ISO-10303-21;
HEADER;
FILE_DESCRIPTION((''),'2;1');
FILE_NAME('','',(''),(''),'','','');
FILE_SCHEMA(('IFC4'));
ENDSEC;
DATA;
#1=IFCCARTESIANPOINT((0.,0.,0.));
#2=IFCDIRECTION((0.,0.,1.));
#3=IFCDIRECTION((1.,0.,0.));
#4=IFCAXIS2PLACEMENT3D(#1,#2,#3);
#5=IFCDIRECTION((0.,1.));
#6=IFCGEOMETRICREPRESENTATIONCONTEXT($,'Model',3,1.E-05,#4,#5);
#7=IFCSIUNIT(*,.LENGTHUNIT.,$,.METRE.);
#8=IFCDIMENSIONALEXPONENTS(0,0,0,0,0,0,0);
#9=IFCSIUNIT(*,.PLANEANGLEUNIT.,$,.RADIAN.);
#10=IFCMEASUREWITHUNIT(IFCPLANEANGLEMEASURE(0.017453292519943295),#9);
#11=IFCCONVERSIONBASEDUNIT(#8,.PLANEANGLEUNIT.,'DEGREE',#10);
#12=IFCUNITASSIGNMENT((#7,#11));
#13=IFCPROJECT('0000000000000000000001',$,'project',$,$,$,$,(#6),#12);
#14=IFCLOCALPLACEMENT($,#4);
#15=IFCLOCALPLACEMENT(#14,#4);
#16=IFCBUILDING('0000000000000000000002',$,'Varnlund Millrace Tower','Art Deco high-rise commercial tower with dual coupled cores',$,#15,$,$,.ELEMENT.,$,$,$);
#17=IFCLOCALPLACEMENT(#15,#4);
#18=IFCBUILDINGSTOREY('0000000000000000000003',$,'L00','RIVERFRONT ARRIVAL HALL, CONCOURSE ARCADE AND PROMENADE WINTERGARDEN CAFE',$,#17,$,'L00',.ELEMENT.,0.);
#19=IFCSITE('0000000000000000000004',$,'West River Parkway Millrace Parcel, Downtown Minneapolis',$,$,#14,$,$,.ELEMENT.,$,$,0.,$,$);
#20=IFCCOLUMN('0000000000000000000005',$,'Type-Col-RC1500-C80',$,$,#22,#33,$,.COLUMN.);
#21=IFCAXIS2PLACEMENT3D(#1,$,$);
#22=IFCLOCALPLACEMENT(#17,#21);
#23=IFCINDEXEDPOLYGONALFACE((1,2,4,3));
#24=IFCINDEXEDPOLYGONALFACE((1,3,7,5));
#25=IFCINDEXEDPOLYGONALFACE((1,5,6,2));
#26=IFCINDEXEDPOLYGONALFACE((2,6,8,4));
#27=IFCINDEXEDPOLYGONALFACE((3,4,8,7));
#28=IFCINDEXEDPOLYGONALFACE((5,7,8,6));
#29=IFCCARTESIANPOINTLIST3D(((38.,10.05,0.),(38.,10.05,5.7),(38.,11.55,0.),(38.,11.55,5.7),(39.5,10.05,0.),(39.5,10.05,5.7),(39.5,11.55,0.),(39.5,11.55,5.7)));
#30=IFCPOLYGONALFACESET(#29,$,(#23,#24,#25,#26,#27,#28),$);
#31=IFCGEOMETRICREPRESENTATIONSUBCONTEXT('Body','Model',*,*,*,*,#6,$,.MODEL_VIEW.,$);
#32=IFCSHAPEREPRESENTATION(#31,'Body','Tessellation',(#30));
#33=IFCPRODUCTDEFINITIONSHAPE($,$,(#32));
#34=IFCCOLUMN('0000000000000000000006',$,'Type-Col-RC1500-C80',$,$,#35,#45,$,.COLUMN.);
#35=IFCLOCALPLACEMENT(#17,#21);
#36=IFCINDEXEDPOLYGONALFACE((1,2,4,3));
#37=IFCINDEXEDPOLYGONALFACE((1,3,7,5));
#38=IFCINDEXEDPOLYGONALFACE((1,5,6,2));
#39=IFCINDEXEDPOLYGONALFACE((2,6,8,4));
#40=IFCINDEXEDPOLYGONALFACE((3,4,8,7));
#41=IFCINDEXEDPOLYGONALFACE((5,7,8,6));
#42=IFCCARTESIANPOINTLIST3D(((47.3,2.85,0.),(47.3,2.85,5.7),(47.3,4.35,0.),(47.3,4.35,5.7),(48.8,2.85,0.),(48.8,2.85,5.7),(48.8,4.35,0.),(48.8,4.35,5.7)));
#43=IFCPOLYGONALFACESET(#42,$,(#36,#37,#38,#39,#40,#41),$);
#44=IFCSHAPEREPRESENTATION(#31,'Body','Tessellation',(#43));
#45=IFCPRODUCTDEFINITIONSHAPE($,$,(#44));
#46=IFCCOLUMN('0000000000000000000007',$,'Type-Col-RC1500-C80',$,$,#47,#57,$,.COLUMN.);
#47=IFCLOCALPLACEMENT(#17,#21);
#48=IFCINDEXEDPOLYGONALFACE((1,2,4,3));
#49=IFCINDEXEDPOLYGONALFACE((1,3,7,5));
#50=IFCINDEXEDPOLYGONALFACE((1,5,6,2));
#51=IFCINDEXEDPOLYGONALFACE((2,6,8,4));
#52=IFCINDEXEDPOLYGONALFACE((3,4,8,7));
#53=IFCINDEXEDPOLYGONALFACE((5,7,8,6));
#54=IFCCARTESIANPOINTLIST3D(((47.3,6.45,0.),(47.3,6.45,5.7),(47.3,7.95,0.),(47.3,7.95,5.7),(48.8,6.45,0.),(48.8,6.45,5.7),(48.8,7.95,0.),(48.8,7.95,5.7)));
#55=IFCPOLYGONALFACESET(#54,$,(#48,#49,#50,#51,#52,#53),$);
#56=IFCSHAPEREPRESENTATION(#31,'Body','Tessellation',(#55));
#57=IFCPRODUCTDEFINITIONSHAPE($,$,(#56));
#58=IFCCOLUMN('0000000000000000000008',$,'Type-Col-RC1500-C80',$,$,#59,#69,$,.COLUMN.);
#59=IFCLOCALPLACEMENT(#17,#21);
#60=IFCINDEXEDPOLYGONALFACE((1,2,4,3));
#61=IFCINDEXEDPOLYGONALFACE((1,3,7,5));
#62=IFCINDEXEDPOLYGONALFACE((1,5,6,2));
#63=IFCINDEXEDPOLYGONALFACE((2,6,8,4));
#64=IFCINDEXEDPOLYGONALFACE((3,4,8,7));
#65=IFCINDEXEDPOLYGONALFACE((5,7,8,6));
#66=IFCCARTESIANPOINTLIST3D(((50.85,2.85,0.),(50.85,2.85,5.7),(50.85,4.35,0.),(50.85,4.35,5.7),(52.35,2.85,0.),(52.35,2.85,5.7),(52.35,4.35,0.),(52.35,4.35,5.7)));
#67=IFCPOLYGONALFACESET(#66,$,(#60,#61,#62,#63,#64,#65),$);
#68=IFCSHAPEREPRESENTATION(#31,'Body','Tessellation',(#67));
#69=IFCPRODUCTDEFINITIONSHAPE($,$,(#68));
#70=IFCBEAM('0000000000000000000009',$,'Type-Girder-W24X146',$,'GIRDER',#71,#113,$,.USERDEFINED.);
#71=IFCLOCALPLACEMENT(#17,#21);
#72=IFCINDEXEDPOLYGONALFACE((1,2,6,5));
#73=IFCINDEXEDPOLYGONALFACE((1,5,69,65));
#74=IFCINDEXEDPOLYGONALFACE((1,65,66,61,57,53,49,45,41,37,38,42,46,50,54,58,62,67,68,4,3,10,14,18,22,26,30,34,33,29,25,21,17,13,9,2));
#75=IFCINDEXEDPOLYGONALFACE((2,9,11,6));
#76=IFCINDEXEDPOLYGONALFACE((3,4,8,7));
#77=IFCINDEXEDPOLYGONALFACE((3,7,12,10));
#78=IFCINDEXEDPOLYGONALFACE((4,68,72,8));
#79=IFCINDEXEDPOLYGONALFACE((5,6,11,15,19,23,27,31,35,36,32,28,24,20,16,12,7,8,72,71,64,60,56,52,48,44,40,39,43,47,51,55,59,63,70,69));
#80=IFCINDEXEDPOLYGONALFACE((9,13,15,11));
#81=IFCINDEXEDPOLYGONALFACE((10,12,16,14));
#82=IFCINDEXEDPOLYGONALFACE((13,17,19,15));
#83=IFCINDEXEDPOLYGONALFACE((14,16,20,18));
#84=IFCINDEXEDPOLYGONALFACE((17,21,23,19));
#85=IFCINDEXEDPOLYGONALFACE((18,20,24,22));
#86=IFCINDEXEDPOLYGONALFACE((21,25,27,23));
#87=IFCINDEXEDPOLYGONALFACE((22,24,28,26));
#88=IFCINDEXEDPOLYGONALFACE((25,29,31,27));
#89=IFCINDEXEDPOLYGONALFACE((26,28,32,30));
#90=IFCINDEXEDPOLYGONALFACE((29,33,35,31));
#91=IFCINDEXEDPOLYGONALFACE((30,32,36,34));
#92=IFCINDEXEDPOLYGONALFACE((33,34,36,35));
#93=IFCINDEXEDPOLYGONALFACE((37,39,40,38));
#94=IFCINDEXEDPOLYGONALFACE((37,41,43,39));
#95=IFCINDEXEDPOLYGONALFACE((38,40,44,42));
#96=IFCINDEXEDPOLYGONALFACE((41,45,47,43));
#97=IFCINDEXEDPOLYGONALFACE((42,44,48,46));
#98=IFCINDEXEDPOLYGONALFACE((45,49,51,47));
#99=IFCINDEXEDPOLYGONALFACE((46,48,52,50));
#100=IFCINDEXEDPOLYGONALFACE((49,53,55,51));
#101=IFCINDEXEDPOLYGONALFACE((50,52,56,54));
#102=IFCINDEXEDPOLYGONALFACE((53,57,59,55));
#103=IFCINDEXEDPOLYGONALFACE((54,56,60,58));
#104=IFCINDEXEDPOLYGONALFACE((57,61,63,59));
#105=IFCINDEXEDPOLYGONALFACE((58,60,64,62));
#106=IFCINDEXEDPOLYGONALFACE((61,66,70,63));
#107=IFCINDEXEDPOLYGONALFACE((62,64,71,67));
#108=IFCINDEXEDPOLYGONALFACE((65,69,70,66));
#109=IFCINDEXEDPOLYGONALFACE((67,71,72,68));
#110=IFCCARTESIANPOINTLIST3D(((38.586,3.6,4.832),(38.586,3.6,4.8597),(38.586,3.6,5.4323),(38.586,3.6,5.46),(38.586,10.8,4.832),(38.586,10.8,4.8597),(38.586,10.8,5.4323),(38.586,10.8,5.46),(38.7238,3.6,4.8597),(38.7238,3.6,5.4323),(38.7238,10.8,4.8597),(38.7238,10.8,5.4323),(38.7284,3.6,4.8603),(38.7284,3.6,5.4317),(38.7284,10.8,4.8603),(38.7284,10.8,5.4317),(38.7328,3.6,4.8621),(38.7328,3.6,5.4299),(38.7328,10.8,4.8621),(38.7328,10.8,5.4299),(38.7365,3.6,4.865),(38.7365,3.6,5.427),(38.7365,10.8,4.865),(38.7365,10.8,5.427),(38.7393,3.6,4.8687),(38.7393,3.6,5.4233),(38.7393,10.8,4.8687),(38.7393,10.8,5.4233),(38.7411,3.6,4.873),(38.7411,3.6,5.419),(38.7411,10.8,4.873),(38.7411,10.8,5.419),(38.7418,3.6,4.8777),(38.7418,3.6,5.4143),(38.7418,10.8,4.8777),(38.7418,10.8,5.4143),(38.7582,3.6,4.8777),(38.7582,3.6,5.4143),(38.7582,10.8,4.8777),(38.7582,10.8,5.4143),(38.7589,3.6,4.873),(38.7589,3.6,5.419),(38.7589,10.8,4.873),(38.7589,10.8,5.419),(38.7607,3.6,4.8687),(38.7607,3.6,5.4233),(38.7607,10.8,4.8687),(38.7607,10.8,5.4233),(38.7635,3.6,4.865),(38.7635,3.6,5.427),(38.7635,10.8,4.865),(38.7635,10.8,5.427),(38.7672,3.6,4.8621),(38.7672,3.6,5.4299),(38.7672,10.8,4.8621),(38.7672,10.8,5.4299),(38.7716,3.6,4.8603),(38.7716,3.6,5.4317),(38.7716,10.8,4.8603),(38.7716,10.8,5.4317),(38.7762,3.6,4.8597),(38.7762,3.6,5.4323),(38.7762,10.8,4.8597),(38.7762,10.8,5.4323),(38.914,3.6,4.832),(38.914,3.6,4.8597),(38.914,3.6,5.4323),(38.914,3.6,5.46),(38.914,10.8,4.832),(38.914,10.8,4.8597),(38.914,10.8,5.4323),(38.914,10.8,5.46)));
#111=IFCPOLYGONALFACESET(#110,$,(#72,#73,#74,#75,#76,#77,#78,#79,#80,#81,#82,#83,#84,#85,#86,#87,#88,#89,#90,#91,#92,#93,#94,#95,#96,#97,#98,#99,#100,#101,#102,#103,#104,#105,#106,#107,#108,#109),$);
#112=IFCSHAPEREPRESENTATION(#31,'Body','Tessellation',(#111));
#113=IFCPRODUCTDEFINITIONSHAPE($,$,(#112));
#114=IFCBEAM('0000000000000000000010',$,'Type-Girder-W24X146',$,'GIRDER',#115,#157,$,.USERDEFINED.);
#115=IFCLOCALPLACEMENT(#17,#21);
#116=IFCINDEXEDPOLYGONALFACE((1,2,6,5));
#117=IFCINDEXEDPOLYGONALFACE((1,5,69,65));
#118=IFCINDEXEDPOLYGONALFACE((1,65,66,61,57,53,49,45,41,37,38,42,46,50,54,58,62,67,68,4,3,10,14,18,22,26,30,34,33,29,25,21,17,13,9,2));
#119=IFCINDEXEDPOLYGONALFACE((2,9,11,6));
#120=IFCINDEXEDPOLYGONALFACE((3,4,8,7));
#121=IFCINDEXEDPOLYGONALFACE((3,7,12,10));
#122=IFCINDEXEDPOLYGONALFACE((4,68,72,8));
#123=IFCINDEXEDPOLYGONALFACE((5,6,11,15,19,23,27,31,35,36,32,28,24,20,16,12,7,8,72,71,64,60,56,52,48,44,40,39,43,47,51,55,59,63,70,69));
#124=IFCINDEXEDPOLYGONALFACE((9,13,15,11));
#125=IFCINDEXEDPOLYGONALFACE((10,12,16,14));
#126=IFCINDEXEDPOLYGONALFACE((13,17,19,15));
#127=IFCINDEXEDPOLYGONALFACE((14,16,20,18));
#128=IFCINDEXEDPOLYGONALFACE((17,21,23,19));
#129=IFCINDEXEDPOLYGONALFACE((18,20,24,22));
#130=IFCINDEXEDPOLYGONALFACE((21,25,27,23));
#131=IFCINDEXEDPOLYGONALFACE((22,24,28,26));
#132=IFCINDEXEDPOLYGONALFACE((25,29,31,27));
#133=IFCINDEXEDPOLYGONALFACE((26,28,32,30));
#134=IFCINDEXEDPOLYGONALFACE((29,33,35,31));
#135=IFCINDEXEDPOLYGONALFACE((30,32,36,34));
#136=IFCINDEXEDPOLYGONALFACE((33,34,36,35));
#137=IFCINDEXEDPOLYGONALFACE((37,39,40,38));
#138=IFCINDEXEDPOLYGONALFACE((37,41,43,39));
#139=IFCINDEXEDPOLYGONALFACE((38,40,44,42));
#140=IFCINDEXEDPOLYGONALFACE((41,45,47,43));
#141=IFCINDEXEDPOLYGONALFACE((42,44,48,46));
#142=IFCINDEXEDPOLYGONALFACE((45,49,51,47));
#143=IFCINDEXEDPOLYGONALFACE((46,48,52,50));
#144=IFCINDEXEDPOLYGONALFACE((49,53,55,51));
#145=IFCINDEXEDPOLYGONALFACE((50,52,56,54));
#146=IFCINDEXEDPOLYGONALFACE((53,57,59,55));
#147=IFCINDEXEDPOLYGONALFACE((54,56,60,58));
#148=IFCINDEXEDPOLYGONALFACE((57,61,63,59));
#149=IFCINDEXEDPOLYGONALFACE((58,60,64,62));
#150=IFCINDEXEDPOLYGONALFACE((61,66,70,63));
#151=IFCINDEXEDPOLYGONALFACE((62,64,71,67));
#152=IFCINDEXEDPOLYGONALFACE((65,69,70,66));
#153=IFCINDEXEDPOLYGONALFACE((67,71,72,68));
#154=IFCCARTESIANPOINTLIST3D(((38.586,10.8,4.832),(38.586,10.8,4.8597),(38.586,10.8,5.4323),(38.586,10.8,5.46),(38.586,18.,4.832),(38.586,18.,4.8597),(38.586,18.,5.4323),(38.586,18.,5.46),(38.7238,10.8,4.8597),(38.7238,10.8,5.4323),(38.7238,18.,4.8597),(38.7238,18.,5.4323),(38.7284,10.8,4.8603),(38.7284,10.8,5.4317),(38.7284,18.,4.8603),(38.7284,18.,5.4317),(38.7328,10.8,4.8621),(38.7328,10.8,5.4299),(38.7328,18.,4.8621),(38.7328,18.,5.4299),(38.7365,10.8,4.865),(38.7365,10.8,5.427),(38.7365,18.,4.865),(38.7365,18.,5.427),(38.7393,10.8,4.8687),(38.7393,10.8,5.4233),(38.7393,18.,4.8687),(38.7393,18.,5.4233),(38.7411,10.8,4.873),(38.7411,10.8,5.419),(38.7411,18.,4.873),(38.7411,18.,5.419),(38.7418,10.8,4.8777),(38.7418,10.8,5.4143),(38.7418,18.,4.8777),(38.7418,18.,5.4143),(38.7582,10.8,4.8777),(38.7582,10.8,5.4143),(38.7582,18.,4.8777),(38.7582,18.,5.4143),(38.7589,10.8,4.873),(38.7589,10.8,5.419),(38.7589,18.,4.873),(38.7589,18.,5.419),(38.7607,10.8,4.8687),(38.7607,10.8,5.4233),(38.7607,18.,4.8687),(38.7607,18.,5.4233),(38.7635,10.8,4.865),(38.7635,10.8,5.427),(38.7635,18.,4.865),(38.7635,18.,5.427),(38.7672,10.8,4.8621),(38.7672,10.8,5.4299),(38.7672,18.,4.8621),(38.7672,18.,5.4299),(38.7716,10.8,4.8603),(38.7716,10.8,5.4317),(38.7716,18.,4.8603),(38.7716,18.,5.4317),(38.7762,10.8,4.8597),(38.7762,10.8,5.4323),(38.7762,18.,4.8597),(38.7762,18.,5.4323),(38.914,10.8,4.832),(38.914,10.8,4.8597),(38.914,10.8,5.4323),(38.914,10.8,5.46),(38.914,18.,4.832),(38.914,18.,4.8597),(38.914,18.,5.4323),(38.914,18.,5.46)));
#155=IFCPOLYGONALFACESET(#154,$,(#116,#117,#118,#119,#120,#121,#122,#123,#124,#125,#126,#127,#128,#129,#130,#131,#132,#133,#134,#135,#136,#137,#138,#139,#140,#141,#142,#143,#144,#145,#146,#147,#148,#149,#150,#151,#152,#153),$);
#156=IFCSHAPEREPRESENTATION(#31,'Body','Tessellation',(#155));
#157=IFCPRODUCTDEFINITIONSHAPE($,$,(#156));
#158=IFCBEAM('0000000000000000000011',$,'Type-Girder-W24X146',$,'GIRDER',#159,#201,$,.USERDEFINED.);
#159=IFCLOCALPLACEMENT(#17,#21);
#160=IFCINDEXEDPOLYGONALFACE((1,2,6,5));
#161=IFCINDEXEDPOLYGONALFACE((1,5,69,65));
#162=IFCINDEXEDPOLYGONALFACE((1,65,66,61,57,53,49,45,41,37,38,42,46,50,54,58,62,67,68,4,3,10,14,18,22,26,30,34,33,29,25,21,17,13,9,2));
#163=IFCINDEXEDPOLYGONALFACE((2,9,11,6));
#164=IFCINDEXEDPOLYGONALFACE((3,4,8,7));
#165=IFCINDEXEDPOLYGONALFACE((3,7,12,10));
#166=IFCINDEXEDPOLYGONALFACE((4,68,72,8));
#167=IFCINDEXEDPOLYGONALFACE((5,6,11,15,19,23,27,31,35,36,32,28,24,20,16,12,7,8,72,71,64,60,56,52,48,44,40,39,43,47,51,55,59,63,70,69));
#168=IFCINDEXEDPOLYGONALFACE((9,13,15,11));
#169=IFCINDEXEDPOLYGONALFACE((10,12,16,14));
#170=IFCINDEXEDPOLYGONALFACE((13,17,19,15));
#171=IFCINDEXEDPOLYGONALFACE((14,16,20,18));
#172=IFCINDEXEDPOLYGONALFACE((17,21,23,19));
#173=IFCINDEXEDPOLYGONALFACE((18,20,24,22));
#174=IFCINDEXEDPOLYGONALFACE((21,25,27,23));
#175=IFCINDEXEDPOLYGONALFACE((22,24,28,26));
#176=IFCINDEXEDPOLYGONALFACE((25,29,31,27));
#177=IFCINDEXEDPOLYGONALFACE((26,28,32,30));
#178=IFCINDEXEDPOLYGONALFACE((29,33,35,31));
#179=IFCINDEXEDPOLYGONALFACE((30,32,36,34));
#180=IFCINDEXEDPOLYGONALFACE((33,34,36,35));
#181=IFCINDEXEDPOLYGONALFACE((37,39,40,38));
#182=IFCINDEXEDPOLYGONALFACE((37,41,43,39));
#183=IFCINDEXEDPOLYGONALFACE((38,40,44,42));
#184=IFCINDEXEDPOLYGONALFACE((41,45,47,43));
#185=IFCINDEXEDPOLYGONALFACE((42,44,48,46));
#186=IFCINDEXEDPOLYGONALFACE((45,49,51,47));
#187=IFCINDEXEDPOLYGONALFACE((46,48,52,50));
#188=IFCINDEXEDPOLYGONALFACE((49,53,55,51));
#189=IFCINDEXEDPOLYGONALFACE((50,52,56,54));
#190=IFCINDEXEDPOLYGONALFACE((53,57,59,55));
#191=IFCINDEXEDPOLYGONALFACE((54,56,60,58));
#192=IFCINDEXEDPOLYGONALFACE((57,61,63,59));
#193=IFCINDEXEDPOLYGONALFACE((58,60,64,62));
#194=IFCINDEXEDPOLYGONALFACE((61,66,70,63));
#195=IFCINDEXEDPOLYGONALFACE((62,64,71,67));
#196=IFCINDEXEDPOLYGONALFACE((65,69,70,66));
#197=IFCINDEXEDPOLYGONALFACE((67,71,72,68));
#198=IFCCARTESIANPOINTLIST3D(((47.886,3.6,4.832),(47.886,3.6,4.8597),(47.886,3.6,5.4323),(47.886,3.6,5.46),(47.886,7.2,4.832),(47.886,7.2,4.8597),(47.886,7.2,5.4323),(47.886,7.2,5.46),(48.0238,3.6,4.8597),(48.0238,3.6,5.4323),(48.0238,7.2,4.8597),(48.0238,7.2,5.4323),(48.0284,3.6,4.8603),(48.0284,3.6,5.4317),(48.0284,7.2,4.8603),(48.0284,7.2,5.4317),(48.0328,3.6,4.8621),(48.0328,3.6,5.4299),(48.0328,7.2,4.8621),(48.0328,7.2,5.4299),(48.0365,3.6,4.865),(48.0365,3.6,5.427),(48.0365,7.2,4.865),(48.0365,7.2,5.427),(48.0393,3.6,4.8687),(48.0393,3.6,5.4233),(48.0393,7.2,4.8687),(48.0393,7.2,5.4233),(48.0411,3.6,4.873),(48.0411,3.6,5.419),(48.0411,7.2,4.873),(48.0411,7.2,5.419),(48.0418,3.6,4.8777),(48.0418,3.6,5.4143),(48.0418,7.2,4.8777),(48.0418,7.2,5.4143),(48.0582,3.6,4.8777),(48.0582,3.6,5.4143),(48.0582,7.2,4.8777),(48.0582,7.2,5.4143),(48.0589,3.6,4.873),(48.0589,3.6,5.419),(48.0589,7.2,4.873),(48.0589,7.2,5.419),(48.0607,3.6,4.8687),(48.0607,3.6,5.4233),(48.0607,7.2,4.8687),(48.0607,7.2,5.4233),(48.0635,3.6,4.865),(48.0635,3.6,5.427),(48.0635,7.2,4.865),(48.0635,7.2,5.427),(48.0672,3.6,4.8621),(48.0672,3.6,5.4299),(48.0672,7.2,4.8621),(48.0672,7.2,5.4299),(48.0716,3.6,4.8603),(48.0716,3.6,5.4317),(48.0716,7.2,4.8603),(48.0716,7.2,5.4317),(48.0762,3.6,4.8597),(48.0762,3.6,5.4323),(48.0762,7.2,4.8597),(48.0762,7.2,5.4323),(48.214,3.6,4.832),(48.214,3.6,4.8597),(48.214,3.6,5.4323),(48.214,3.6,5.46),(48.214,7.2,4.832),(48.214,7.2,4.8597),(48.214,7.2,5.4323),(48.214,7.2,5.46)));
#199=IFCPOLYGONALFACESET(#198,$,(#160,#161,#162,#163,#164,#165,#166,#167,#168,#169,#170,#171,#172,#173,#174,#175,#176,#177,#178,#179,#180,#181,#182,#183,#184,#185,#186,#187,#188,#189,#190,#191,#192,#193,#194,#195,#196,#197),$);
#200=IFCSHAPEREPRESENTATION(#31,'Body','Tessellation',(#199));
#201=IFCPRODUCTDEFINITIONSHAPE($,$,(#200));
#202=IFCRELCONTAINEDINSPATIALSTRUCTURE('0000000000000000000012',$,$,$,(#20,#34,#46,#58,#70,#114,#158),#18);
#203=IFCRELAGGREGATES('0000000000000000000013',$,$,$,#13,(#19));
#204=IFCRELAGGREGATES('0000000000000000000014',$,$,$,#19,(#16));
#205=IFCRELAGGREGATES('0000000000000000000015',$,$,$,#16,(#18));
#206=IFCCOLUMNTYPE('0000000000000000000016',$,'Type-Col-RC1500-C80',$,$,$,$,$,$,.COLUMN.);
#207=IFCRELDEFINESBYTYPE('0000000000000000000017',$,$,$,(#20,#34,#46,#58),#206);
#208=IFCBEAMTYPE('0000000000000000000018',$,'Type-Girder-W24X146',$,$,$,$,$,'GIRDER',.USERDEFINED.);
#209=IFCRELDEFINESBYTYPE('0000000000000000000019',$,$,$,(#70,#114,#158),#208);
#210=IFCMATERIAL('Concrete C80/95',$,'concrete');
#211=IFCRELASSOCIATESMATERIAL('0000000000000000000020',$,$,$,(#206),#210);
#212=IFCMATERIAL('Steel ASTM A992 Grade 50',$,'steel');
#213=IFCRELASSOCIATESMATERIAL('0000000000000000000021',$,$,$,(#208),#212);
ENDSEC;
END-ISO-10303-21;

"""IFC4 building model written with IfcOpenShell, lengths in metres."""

from ifc_helpers import new_model, entity, si_unit, converted_unit, direction, frame, origin_with_axes, origin_2d_with_axis, place, context, subcontext, project, spatial, rectangle, i_section, extrude, material, material_profile, profile_set, type_object, element, save


model = new_model("IFC4")

# Units and contexts
model_context = context("Model", 3, precision=1e-05, world=origin_with_axes(), true_north=direction((0.0, 1.0)))
body_context = subcontext(model_context, "Body", "Model", "MODEL_VIEW")
ifc_project = project(units=[si_unit("LENGTHUNIT", "METRE"), converted_unit("PLANEANGLEUNIT", "DEGREE", entity("IfcPlaneAngleMeasure", 0.017453292519943295), si_unit("PLANEANGLEUNIT", "RADIAN"), dimensions=[0, 0, 0, 0, 0, 0, 0])], contexts=[model_context])

# Site, building, storey
site_placement = place(None, origin_with_axes())
site = spatial("IfcSite", under=ifc_project, at=site_placement, Name="West River Parkway Millrace Parcel, Downtown Minneapolis", CompositionType="ELEMENT", RefElevation=0.0)
building_placement = place(site_placement, origin_with_axes())
building = spatial("IfcBuilding", under=site, at=building_placement, Name="Varnlund Millrace Tower", Description="Art Deco high-rise commercial tower with dual coupled cores", CompositionType="ELEMENT")
storey_placement = place(building_placement, origin_with_axes())
storey = spatial("IfcBuildingStorey", under=building, at=storey_placement, Name="L00", Description="RIVERFRONT ARRIVAL HALL, CONCOURSE ARCADE AND PROMENADE WINTERGARDEN CAFE", LongName="L00", CompositionType="ELEMENT", Elevation=0.0)

# Columns
ifc_material_1 = material(Name="Concrete C80/95", Category="concrete")
ifc_material_profile_1 = material_profile(ifc_material_1, rectangle(XDim=1.5, YDim=1.5, at=origin_2d_with_axis()), Name="Concrete C80/95")
ifc_profile_set_1 = profile_set([ifc_material_profile_1], Name="Concrete C80/95")
column_type = type_object("IfcColumnType", Name="Type-Col-RC1500-C80", PredefinedType="COLUMN", material=ifc_profile_set_1)
for number, where, z_axis, x_axis, name in (
    (1, (38.75, 10.8, 0.0), (0.0, 0.0, 1.0), (1.0, 0.0, 0.0), "Type-Col-RC1500-C80"),
    (2, (48.05, 3.6, 0.0), (0.0, 0.0, 1.0), (1.0, 0.0, 0.0), "Type-Col-RC1500-C80"),
    (3, (48.05, 7.2, 0.0), (0.0, 0.0, 1.0), (1.0, 0.0, 0.0), "Type-Col-RC1500-C80"),
    (4, (51.6, 3.6, 0.0), (0.0, 0.0, 1.0), (1.0, 0.0, 0.0), "Type-Col-RC1500-C80"),
):
    element("IfcColumn", number, at=place(storey_placement, frame(where, z_axis=z_axis, x_axis=x_axis)), inside=storey, type_object=column_type, Name=name, PredefinedType="COLUMN", context=body_context, shape_type="SweptSolid", body=[
        extrude(rectangle(XDim=1.5, YDim=1.5, at=origin_2d_with_axis()), origin_with_axes(), (0.0, 0.0, 1.0), 5.7),
    ])

# Beams
ifc_material_2 = material(Name="Steel ASTM A992 Grade 50", Category="steel")
ifc_material_profile_2 = material_profile(ifc_material_2, i_section(OverallWidth=0.328, OverallDepth=0.628, WebThickness=0.0165, FlangeThickness=0.0277, FilletRadius=0.018, at=origin_2d_with_axis()), Name="Steel ASTM A992 Grade 50")
ifc_profile_set_2 = profile_set([ifc_material_profile_2], Name="Steel ASTM A992 Grade 50")
beam_type_1 = type_object("IfcBeamType", Name="Type-Girder-W24X146", ElementType="GIRDER", PredefinedType="USERDEFINED", material=ifc_profile_set_2)
for number, where, z_axis, x_axis, name in (
    (5, (38.75, 3.6, 5.146), (0.0, 1.0, 0.0), (-1.0, 0.0, 0.0), "Type-Girder-W24X146"),
    (6, (38.75, 10.8, 5.146), (0.0, 1.0, 0.0), (-1.0, 0.0, 0.0), "Type-Girder-W24X146"),
):
    element("IfcBeam", number, at=place(storey_placement, frame(where, z_axis=z_axis, x_axis=x_axis)), inside=storey, type_object=beam_type_1, Name=name, ObjectType="GIRDER", PredefinedType="USERDEFINED", context=body_context, shape_type="SweptSolid", body=[
        extrude(i_section(OverallWidth=0.328, OverallDepth=0.628, WebThickness=0.0165, FlangeThickness=0.0277, FilletRadius=0.018, at=origin_2d_with_axis()), origin_with_axes(), (0.0, 0.0, 1.0), 7.2),
    ])
beam_1_placement = place(storey_placement, frame((48.05, 3.6, 5.146), z_axis=(0.0, 1.0, 0.0), x_axis=(-1.0, 0.0, 0.0)))
element("IfcBeam", 7, at=beam_1_placement, inside=storey, type_object=beam_type_1, Name="Type-Girder-W24X146", ObjectType="GIRDER", PredefinedType="USERDEFINED", context=body_context, shape_type="SweptSolid", body=[
    extrude(i_section(OverallWidth=0.328, OverallDepth=0.628, WebThickness=0.0165, FlangeThickness=0.0277, FilletRadius=0.018, at=origin_2d_with_axis()), origin_with_axes(), (0.0, 0.0, 1.0), 3.6),
])

save(model, "model.ifc")
